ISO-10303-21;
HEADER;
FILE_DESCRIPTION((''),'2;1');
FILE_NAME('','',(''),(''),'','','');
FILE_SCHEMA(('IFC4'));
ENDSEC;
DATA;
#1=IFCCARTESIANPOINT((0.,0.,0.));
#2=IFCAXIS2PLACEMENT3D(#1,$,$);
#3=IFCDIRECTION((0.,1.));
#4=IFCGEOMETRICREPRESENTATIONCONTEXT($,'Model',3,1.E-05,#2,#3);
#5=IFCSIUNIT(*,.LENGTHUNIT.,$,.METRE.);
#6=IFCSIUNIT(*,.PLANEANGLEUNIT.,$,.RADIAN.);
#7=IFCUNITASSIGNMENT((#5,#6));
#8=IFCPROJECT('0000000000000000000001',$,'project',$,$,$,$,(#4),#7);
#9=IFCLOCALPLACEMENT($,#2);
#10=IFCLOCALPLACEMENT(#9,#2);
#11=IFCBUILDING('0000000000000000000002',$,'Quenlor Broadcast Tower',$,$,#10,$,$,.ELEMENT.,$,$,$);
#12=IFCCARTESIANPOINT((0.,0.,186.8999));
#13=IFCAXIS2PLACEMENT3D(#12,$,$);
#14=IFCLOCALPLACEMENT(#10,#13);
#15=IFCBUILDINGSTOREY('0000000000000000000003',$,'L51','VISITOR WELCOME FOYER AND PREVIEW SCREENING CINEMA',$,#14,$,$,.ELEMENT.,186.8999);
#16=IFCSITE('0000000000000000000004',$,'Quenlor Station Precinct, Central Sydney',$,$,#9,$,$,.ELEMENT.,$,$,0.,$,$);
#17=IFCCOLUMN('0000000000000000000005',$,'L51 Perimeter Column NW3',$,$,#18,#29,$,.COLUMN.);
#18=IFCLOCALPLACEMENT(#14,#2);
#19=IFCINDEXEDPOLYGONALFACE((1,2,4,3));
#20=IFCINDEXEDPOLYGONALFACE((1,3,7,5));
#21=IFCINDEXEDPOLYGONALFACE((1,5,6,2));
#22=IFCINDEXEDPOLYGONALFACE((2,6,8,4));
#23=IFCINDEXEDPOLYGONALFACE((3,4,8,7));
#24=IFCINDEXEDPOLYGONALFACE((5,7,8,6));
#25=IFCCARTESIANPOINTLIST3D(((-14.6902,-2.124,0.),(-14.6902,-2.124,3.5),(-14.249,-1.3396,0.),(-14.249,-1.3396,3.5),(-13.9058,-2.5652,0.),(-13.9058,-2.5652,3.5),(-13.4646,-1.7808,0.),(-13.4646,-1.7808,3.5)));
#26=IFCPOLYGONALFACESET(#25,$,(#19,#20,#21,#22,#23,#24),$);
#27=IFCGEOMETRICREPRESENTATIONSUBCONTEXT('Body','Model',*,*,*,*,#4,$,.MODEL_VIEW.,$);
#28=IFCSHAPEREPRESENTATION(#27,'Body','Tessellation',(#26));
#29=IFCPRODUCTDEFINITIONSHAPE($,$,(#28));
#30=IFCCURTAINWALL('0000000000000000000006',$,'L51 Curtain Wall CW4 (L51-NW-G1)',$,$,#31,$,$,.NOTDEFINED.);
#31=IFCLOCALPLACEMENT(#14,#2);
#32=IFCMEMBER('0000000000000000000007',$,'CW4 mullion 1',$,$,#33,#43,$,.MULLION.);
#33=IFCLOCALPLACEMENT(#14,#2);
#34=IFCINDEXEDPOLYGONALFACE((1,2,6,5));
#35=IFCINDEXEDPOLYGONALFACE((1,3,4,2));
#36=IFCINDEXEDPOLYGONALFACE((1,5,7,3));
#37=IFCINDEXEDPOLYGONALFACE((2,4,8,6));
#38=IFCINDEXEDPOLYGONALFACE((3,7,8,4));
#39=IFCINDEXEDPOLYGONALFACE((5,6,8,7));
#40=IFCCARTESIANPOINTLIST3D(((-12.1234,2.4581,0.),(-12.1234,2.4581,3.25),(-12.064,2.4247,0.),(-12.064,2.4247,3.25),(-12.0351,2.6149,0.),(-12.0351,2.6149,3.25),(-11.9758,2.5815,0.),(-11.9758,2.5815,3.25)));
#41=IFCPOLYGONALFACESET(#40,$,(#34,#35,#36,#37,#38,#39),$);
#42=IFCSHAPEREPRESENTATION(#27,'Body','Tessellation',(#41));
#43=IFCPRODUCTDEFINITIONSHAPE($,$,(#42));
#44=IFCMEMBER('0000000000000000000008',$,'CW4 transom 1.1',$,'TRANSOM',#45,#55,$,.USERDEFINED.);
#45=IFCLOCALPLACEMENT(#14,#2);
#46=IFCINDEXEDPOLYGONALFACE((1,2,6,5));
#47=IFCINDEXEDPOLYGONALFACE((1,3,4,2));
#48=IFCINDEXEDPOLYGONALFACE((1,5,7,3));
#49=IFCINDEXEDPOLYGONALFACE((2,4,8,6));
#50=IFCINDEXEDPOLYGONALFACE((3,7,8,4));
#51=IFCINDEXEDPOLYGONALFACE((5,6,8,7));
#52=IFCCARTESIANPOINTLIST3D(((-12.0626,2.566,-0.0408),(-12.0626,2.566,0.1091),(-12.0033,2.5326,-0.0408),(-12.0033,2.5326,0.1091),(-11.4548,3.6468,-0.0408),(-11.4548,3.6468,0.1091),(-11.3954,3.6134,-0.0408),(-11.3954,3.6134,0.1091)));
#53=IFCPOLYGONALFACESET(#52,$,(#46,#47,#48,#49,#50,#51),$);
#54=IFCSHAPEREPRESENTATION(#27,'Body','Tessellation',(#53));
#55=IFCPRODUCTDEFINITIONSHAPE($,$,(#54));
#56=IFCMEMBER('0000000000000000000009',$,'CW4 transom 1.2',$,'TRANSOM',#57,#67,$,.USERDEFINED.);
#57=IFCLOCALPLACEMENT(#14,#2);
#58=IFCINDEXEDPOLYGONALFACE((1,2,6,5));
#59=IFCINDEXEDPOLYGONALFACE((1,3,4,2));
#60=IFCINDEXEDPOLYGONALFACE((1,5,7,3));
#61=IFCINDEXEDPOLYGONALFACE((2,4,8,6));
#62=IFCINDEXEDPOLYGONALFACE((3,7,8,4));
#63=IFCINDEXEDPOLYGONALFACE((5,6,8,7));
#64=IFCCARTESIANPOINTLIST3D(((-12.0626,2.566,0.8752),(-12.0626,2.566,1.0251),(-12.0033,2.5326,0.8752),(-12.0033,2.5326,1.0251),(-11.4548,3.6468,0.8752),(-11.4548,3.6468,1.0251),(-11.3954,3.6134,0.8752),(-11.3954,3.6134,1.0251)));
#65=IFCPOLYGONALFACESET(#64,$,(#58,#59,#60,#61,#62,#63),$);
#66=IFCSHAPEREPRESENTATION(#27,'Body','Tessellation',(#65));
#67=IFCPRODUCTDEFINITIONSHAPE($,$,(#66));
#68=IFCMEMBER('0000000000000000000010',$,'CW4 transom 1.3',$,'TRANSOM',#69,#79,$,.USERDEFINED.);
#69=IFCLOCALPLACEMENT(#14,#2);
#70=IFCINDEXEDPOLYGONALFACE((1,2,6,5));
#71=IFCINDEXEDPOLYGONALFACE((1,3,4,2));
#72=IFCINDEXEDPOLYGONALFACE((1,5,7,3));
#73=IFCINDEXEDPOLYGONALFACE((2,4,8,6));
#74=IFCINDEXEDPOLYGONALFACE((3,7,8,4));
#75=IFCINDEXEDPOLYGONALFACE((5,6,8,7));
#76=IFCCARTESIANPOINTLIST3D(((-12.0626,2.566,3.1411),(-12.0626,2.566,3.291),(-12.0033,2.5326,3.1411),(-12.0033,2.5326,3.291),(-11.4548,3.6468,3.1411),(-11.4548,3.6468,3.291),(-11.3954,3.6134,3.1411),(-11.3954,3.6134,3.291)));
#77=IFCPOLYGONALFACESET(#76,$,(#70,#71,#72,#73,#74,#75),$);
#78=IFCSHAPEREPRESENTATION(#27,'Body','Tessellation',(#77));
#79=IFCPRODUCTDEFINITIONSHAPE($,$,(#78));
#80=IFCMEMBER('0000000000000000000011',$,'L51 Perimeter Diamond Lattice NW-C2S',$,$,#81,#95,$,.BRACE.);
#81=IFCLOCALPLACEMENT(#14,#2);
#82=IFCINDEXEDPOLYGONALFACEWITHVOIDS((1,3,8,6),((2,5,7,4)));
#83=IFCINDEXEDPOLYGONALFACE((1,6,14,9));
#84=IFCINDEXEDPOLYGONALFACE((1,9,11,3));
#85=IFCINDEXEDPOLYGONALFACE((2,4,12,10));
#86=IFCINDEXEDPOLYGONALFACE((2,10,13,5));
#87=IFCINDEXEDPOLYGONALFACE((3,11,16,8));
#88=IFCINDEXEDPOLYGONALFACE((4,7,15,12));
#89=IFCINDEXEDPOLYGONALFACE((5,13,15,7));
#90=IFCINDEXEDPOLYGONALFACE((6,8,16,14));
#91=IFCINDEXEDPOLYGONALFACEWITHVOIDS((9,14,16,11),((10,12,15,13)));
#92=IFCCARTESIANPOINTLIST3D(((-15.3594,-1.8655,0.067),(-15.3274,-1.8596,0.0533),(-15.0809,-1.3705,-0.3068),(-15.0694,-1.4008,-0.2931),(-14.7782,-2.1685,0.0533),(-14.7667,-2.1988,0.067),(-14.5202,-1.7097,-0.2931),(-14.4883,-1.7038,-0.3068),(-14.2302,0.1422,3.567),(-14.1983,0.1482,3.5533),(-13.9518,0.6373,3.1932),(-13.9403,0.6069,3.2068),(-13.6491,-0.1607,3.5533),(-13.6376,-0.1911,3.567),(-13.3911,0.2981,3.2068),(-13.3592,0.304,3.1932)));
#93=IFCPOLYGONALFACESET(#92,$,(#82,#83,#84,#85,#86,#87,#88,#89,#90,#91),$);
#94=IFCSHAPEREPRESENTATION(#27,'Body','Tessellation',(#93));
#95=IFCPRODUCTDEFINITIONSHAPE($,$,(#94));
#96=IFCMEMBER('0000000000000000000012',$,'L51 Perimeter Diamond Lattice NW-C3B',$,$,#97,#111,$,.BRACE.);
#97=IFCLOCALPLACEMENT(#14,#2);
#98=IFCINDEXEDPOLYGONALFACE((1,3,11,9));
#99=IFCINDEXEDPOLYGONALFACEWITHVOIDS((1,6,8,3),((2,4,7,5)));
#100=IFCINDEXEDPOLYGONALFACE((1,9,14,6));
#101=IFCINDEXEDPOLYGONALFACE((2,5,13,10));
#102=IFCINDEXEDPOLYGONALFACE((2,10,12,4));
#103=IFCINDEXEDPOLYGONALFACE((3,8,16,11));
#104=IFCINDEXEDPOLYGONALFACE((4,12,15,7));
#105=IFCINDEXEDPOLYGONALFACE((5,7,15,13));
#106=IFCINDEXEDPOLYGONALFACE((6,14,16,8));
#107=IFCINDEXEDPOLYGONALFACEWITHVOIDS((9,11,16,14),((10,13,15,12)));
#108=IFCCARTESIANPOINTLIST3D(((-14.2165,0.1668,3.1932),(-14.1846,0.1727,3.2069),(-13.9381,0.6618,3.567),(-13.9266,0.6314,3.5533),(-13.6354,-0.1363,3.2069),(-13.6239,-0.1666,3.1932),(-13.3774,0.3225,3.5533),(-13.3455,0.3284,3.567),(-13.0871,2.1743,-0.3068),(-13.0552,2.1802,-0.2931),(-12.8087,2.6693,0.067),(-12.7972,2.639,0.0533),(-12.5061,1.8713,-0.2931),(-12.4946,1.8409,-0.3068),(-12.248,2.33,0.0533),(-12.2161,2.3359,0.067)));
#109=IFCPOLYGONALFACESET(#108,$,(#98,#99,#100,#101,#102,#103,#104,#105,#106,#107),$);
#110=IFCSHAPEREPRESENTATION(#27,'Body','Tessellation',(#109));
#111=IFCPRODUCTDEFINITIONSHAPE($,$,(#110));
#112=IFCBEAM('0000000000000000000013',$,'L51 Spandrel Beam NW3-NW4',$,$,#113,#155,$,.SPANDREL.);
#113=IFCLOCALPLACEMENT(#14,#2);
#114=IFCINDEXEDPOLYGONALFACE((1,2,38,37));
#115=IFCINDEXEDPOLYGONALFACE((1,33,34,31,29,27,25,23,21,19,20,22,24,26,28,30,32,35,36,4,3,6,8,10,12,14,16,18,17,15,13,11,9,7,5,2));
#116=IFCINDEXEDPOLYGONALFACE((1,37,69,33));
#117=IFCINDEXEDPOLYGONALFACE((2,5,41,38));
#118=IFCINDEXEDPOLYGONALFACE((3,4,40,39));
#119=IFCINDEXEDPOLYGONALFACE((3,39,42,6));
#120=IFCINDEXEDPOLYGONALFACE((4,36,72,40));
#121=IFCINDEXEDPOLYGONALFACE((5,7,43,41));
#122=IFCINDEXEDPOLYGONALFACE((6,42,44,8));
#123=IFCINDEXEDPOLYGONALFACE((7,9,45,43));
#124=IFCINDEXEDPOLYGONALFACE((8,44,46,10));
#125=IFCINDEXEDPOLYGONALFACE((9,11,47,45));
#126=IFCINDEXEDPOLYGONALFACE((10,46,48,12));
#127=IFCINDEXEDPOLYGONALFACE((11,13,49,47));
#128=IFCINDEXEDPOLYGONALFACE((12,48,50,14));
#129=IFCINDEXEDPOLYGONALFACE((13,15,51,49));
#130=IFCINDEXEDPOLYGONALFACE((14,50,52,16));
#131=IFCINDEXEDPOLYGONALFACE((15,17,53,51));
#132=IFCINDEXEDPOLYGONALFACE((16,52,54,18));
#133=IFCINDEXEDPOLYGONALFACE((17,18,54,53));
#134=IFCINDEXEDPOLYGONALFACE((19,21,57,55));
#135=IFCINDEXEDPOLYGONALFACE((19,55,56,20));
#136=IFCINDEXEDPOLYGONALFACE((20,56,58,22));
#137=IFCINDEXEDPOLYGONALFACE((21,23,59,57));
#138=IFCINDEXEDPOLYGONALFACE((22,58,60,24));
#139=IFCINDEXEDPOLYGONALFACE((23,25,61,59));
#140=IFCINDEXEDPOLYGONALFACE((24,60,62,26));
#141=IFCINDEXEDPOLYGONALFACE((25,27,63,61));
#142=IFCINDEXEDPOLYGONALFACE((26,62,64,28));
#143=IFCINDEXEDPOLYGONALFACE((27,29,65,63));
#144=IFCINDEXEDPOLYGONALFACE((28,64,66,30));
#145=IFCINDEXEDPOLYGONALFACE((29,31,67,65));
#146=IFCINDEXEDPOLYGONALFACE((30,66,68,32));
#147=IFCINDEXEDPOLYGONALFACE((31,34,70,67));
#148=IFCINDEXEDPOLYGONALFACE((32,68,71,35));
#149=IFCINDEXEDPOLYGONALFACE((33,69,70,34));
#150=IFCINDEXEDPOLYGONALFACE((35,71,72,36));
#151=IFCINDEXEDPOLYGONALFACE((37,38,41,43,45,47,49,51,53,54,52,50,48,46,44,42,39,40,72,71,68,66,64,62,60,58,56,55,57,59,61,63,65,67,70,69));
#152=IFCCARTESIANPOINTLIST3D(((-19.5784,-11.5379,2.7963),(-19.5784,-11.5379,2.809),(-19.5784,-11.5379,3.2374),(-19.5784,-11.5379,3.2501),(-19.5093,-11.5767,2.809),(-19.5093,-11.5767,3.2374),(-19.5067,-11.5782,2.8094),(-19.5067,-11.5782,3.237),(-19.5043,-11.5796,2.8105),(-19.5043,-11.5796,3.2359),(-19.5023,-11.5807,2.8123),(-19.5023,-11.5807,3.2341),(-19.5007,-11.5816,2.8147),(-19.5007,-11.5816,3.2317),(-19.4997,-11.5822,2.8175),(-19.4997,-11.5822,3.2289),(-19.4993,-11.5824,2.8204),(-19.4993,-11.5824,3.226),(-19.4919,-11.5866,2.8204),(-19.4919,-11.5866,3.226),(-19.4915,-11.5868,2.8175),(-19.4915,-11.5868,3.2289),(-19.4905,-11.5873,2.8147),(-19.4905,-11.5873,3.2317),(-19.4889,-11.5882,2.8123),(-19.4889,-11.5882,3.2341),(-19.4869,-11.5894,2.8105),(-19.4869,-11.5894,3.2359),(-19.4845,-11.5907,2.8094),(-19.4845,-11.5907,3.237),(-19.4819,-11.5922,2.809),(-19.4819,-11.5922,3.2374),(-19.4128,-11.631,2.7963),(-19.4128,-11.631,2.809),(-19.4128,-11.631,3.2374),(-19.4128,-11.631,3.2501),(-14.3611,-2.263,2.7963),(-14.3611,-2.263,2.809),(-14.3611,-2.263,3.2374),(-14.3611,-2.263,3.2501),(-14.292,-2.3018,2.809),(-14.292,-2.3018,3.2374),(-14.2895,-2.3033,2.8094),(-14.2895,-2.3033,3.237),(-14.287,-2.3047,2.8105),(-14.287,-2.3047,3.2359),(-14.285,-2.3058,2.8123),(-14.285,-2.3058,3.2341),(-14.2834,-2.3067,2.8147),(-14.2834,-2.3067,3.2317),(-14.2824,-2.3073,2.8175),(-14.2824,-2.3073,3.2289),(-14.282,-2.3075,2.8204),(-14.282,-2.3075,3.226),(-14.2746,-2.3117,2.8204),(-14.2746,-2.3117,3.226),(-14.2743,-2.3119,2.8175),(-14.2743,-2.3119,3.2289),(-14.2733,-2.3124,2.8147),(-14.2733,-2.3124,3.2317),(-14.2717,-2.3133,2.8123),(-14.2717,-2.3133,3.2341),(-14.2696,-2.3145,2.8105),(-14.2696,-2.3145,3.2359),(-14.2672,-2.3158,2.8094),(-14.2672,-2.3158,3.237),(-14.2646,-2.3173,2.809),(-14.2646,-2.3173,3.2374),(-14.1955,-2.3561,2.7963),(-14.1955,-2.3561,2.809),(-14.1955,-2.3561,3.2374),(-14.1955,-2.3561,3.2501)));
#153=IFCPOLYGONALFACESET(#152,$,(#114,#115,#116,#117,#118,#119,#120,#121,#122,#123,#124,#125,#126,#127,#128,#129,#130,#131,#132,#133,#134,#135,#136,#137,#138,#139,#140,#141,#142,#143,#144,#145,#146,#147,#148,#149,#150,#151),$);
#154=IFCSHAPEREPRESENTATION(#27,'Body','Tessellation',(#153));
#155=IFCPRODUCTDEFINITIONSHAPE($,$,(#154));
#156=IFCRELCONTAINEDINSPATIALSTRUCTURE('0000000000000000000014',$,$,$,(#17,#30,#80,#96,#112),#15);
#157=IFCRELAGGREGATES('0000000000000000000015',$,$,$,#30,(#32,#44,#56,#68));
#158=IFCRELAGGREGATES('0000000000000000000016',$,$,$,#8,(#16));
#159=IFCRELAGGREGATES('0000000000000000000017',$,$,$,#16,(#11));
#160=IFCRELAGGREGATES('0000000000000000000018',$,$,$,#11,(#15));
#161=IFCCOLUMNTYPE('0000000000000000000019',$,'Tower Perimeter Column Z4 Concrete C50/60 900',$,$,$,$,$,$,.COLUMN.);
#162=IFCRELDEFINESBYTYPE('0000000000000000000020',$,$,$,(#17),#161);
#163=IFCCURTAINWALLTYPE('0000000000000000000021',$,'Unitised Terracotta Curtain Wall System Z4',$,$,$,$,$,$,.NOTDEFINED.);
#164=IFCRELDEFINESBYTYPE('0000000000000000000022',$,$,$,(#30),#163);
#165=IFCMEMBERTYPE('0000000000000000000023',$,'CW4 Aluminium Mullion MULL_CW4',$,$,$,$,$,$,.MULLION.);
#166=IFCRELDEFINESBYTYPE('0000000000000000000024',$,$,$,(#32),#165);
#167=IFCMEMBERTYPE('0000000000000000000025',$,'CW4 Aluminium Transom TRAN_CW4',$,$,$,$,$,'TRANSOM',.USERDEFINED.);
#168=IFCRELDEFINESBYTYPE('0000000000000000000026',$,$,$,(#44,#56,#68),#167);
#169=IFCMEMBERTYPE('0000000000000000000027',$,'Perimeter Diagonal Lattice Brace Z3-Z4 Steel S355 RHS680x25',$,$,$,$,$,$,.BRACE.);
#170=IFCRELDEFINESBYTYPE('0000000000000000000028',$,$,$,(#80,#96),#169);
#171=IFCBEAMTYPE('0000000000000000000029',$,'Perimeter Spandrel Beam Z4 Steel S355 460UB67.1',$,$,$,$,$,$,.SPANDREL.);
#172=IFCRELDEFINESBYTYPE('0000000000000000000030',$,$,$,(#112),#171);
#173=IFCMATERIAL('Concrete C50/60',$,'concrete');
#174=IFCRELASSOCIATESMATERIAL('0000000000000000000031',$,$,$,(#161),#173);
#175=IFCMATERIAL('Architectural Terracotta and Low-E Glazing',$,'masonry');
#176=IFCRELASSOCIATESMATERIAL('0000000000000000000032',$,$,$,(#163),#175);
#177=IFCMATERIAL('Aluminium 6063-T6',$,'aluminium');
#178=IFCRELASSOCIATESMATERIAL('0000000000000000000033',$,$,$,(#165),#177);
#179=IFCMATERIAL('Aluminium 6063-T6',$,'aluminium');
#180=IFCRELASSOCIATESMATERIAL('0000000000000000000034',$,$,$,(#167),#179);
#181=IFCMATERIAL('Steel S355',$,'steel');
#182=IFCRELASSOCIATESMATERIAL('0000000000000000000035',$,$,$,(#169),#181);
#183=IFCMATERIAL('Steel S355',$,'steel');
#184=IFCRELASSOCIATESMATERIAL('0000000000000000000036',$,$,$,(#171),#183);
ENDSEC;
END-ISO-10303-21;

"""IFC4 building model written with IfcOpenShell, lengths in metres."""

from ifc_helpers import new_model, si_unit, direction, frame, origin, origin_2d, place, context, subcontext, project, spatial, rectangle, hollow_rectangle, i_section, extrude, material, material_profile, profile_set, type_object, element, aggregate, save


model = new_model("IFC4")

# Units and contexts
model_context = context("Model", 3, precision=1e-05, world=origin(), true_north=direction((0.0, 1.0)))
body_context = subcontext(model_context, "Body", "Model", "MODEL_VIEW")
ifc_project = project(units=[si_unit("LENGTHUNIT", "METRE"), si_unit("PLANEANGLEUNIT", "RADIAN")], contexts=[model_context])

# Site, building, storey
site_placement = place(None, origin())
site = spatial("IfcSite", under=ifc_project, at=site_placement, Name="Quenlor Station Precinct, Central Sydney", CompositionType="ELEMENT", RefElevation=0.0)
building_placement = place(site_placement, origin())
building = spatial("IfcBuilding", under=site, at=building_placement, Name="Quenlor Broadcast Tower", CompositionType="ELEMENT")
storey_placement = place(building_placement, frame((0.0, 0.0, 186.8999)))
storey = spatial("IfcBuildingStorey", under=building, at=storey_placement, Name="L51", Description="VISITOR WELCOME FOYER AND PREVIEW SCREENING CINEMA", CompositionType="ELEMENT", Elevation=186.8999)

# Column
ifc_material_1 = material(Name="Concrete C50/60", Category="concrete")
ifc_material_profile_1 = material_profile(ifc_material_1, rectangle(XDim=0.8999, YDim=0.8999, at=origin_2d()))
ifc_profile_set_1 = profile_set([ifc_material_profile_1], Name="Concrete C50/60 RC900x900")
column_type = type_object("IfcColumnType", Name="Tower Perimeter Column Z4 Concrete C50/60 900", PredefinedType="COLUMN", material=ifc_profile_set_1)
column_placement = place(storey_placement, frame((-14.0774, -1.9524, 0.0), z_axis=(0.0, 0.0, 1.0), x_axis=(-0.871575, 0.490262, 0.0)))
element("IfcColumn", 1, at=column_placement, inside=storey, type_object=column_type, Name="L51 Perimeter Column NW3", PredefinedType="COLUMN", context=body_context, shape_type="SweptSolid", body=[
    extrude(rectangle(XDim=0.8999, YDim=0.8999, at=origin_2d()), origin(), (0.0, 0.0, 1.0), 3.5),
])

# Curtain wall, members
ifc_material_2 = material(Name="Architectural Terracotta and Low-E Glazing", Category="masonry")
curtain_wall_type = type_object("IfcCurtainWallType", Name="Unitised Terracotta Curtain Wall System Z4", PredefinedType="NOTDEFINED", material=ifc_material_2)
curtain_wall_placement = place(storey_placement, origin())
curtain_wall = element("IfcCurtainWall", 2, at=curtain_wall_placement, inside=storey, type_object=curtain_wall_type, Name="L51 Curtain Wall CW4 (L51-NW-G1)", PredefinedType="NOTDEFINED")
ifc_material_3 = material(Name="Aluminium 6063-T6", Category="aluminium")
ifc_material_profile_2 = material_profile(ifc_material_3, rectangle(XDim=0.0681, YDim=0.1799, at=origin_2d()))
ifc_profile_set_2 = profile_set([ifc_material_profile_2], Name="Aluminium 6063-T6 MULL68x180")
member_type_1 = type_object("IfcMemberType", Name="CW4 Aluminium Mullion MULL_CW4", PredefinedType="MULLION", material=ifc_profile_set_2)
member_1_placement = place(storey_placement, frame((-12.0496, 2.5198, 0.0), z_axis=(0.0, 0.0, 1.0), x_axis=(-0.87156, 0.490289, 0.0)))
member_1 = element("IfcMember", 3, at=member_1_placement, type_object=member_type_1, Name="CW4 mullion 1", PredefinedType="MULLION", context=body_context, shape_type="SweptSolid", body=[
    extrude(rectangle(XDim=0.0681, YDim=0.1799, at=origin_2d()), origin(), (0.0, 0.0, 1.0), 3.25),
])
ifc_material_4 = material(Name="Aluminium 6063-T6", Category="aluminium")
ifc_material_profile_3 = material_profile(ifc_material_4, rectangle(XDim=0.0681, YDim=0.1499, at=origin_2d()))
ifc_profile_set_3 = profile_set([ifc_material_profile_3], Name="Aluminium 6063-T6 TRAN68x150")
member_type_2 = type_object("IfcMemberType", Name="CW4 Aluminium Transom TRAN_CW4", ElementType="TRANSOM", PredefinedType="USERDEFINED", material=ifc_profile_set_3)
member_2_placement = place(storey_placement, frame((-12.033, 2.5493, 0.0342), z_axis=(0.490233, 0.871591, 0.0), x_axis=(-0.871591, 0.490233, 0.0)))
member_2 = element("IfcMember", 4, at=member_2_placement, type_object=member_type_2, Name="CW4 transom 1.1", ObjectType="TRANSOM", PredefinedType="USERDEFINED", context=body_context, shape_type="SweptSolid", body=[
    extrude(rectangle(XDim=0.0681, YDim=0.1499, at=origin_2d()), origin(), (0.0, 0.0, 1.0), 1.24),
])
member_3_placement = place(storey_placement, frame((-12.033, 2.5493, 0.9502), z_axis=(0.490233, 0.871591, 0.0), x_axis=(-0.871591, 0.490233, 0.0)))
member_3 = element("IfcMember", 5, at=member_3_placement, type_object=member_type_2, Name="CW4 transom 1.2", ObjectType="TRANSOM", PredefinedType="USERDEFINED", context=body_context, shape_type="SweptSolid", body=[
    extrude(rectangle(XDim=0.0681, YDim=0.1499, at=origin_2d()), origin(), (0.0, 0.0, 1.0), 1.24),
])
member_4_placement = place(storey_placement, frame((-12.033, 2.5493, 3.2161), z_axis=(0.490233, 0.871591, 0.0), x_axis=(-0.871591, 0.490233, 0.0)))
member_4 = element("IfcMember", 6, at=member_4_placement, type_object=member_type_2, Name="CW4 transom 1.3", ObjectType="TRANSOM", PredefinedType="USERDEFINED", context=body_context, shape_type="SweptSolid", body=[
    extrude(rectangle(XDim=0.0681, YDim=0.1499, at=origin_2d()), origin(), (0.0, 0.0, 1.0), 1.24),
])

# Members
ifc_material_5 = material(Name="Steel S355", Category="steel")
ifc_material_profile_4 = material_profile(ifc_material_5, hollow_rectangle(XDim=0.6799, YDim=0.6799, WallThickness=0.0249, at=origin_2d()))
ifc_profile_set_4 = profile_set([ifc_material_profile_4], Name="Steel S355 RHS680x680x25")
member_type_3 = type_object("IfcMemberType", Name="Perimeter Diagonal Lattice Brace Z3-Z4 Steel S355 RHS680x25", PredefinedType="BRACE", material=ifc_profile_set_4)
for number, where, z_axis, x_axis, name in (
    (7, (-14.9238, -1.7847, -0.1199), (0.269485, 0.479189, 0.835318), (-0.871621, 0.490181, 0.0), "L51 Perimeter Diamond Lattice NW-C2S"),
    (8, (-12.6516, 2.2551, -0.1199), (-0.269547, -0.479136, 0.835328), (0.87155, -0.490307, 0.0), "L51 Perimeter Diamond Lattice NW-C3B"),
):
    element("IfcMember", number, at=place(storey_placement, frame(where, z_axis=z_axis, x_axis=x_axis)), inside=storey, type_object=member_type_3, Name=name, PredefinedType="BRACE", context=body_context, shape_type="SweptSolid", body=[
        extrude(hollow_rectangle(XDim=0.6799, YDim=0.6799, WallThickness=0.0249, at=origin_2d()), origin(), (0.0, 0.0, 1.0), 4.1899),
    ])

# Beam
ifc_material_6 = material(Name="Steel S355", Category="steel")
ifc_material_profile_5 = material_profile(ifc_material_6, i_section(OverallWidth=0.1899, OverallDepth=0.4539, WebThickness=0.0085, FlangeThickness=0.0127, FilletRadius=0.0115, at=origin_2d()))
ifc_profile_set_5 = profile_set([ifc_material_profile_5], Name="Steel S355 460UB67.1")
beam_type_1 = type_object("IfcBeamType", Name="Perimeter Spandrel Beam Z4 Steel S355 460UB67.1", PredefinedType="SPANDREL", material=ifc_profile_set_5)
beam_1_placement = place(storey_placement, frame((-14.2783, -2.3096, 3.0232), z_axis=(-0.490272, -0.871569, 0.0), x_axis=(0.871569, -0.490272, 0.0)))
element("IfcBeam", 9, at=beam_1_placement, inside=storey, type_object=beam_type_1, Name="L51 Spandrel Beam NW3-NW4", PredefinedType="SPANDREL", context=body_context, shape_type="SweptSolid", body=[
    extrude(i_section(OverallWidth=0.1899, OverallDepth=0.4539, WebThickness=0.0085, FlangeThickness=0.0127, FilletRadius=0.0115, at=origin_2d()), origin(), (0.0, 0.0, 1.0), 10.6416),
])

aggregate(curtain_wall, [member_1, member_2, member_3, member_4])

save(model, "model.ifc")
